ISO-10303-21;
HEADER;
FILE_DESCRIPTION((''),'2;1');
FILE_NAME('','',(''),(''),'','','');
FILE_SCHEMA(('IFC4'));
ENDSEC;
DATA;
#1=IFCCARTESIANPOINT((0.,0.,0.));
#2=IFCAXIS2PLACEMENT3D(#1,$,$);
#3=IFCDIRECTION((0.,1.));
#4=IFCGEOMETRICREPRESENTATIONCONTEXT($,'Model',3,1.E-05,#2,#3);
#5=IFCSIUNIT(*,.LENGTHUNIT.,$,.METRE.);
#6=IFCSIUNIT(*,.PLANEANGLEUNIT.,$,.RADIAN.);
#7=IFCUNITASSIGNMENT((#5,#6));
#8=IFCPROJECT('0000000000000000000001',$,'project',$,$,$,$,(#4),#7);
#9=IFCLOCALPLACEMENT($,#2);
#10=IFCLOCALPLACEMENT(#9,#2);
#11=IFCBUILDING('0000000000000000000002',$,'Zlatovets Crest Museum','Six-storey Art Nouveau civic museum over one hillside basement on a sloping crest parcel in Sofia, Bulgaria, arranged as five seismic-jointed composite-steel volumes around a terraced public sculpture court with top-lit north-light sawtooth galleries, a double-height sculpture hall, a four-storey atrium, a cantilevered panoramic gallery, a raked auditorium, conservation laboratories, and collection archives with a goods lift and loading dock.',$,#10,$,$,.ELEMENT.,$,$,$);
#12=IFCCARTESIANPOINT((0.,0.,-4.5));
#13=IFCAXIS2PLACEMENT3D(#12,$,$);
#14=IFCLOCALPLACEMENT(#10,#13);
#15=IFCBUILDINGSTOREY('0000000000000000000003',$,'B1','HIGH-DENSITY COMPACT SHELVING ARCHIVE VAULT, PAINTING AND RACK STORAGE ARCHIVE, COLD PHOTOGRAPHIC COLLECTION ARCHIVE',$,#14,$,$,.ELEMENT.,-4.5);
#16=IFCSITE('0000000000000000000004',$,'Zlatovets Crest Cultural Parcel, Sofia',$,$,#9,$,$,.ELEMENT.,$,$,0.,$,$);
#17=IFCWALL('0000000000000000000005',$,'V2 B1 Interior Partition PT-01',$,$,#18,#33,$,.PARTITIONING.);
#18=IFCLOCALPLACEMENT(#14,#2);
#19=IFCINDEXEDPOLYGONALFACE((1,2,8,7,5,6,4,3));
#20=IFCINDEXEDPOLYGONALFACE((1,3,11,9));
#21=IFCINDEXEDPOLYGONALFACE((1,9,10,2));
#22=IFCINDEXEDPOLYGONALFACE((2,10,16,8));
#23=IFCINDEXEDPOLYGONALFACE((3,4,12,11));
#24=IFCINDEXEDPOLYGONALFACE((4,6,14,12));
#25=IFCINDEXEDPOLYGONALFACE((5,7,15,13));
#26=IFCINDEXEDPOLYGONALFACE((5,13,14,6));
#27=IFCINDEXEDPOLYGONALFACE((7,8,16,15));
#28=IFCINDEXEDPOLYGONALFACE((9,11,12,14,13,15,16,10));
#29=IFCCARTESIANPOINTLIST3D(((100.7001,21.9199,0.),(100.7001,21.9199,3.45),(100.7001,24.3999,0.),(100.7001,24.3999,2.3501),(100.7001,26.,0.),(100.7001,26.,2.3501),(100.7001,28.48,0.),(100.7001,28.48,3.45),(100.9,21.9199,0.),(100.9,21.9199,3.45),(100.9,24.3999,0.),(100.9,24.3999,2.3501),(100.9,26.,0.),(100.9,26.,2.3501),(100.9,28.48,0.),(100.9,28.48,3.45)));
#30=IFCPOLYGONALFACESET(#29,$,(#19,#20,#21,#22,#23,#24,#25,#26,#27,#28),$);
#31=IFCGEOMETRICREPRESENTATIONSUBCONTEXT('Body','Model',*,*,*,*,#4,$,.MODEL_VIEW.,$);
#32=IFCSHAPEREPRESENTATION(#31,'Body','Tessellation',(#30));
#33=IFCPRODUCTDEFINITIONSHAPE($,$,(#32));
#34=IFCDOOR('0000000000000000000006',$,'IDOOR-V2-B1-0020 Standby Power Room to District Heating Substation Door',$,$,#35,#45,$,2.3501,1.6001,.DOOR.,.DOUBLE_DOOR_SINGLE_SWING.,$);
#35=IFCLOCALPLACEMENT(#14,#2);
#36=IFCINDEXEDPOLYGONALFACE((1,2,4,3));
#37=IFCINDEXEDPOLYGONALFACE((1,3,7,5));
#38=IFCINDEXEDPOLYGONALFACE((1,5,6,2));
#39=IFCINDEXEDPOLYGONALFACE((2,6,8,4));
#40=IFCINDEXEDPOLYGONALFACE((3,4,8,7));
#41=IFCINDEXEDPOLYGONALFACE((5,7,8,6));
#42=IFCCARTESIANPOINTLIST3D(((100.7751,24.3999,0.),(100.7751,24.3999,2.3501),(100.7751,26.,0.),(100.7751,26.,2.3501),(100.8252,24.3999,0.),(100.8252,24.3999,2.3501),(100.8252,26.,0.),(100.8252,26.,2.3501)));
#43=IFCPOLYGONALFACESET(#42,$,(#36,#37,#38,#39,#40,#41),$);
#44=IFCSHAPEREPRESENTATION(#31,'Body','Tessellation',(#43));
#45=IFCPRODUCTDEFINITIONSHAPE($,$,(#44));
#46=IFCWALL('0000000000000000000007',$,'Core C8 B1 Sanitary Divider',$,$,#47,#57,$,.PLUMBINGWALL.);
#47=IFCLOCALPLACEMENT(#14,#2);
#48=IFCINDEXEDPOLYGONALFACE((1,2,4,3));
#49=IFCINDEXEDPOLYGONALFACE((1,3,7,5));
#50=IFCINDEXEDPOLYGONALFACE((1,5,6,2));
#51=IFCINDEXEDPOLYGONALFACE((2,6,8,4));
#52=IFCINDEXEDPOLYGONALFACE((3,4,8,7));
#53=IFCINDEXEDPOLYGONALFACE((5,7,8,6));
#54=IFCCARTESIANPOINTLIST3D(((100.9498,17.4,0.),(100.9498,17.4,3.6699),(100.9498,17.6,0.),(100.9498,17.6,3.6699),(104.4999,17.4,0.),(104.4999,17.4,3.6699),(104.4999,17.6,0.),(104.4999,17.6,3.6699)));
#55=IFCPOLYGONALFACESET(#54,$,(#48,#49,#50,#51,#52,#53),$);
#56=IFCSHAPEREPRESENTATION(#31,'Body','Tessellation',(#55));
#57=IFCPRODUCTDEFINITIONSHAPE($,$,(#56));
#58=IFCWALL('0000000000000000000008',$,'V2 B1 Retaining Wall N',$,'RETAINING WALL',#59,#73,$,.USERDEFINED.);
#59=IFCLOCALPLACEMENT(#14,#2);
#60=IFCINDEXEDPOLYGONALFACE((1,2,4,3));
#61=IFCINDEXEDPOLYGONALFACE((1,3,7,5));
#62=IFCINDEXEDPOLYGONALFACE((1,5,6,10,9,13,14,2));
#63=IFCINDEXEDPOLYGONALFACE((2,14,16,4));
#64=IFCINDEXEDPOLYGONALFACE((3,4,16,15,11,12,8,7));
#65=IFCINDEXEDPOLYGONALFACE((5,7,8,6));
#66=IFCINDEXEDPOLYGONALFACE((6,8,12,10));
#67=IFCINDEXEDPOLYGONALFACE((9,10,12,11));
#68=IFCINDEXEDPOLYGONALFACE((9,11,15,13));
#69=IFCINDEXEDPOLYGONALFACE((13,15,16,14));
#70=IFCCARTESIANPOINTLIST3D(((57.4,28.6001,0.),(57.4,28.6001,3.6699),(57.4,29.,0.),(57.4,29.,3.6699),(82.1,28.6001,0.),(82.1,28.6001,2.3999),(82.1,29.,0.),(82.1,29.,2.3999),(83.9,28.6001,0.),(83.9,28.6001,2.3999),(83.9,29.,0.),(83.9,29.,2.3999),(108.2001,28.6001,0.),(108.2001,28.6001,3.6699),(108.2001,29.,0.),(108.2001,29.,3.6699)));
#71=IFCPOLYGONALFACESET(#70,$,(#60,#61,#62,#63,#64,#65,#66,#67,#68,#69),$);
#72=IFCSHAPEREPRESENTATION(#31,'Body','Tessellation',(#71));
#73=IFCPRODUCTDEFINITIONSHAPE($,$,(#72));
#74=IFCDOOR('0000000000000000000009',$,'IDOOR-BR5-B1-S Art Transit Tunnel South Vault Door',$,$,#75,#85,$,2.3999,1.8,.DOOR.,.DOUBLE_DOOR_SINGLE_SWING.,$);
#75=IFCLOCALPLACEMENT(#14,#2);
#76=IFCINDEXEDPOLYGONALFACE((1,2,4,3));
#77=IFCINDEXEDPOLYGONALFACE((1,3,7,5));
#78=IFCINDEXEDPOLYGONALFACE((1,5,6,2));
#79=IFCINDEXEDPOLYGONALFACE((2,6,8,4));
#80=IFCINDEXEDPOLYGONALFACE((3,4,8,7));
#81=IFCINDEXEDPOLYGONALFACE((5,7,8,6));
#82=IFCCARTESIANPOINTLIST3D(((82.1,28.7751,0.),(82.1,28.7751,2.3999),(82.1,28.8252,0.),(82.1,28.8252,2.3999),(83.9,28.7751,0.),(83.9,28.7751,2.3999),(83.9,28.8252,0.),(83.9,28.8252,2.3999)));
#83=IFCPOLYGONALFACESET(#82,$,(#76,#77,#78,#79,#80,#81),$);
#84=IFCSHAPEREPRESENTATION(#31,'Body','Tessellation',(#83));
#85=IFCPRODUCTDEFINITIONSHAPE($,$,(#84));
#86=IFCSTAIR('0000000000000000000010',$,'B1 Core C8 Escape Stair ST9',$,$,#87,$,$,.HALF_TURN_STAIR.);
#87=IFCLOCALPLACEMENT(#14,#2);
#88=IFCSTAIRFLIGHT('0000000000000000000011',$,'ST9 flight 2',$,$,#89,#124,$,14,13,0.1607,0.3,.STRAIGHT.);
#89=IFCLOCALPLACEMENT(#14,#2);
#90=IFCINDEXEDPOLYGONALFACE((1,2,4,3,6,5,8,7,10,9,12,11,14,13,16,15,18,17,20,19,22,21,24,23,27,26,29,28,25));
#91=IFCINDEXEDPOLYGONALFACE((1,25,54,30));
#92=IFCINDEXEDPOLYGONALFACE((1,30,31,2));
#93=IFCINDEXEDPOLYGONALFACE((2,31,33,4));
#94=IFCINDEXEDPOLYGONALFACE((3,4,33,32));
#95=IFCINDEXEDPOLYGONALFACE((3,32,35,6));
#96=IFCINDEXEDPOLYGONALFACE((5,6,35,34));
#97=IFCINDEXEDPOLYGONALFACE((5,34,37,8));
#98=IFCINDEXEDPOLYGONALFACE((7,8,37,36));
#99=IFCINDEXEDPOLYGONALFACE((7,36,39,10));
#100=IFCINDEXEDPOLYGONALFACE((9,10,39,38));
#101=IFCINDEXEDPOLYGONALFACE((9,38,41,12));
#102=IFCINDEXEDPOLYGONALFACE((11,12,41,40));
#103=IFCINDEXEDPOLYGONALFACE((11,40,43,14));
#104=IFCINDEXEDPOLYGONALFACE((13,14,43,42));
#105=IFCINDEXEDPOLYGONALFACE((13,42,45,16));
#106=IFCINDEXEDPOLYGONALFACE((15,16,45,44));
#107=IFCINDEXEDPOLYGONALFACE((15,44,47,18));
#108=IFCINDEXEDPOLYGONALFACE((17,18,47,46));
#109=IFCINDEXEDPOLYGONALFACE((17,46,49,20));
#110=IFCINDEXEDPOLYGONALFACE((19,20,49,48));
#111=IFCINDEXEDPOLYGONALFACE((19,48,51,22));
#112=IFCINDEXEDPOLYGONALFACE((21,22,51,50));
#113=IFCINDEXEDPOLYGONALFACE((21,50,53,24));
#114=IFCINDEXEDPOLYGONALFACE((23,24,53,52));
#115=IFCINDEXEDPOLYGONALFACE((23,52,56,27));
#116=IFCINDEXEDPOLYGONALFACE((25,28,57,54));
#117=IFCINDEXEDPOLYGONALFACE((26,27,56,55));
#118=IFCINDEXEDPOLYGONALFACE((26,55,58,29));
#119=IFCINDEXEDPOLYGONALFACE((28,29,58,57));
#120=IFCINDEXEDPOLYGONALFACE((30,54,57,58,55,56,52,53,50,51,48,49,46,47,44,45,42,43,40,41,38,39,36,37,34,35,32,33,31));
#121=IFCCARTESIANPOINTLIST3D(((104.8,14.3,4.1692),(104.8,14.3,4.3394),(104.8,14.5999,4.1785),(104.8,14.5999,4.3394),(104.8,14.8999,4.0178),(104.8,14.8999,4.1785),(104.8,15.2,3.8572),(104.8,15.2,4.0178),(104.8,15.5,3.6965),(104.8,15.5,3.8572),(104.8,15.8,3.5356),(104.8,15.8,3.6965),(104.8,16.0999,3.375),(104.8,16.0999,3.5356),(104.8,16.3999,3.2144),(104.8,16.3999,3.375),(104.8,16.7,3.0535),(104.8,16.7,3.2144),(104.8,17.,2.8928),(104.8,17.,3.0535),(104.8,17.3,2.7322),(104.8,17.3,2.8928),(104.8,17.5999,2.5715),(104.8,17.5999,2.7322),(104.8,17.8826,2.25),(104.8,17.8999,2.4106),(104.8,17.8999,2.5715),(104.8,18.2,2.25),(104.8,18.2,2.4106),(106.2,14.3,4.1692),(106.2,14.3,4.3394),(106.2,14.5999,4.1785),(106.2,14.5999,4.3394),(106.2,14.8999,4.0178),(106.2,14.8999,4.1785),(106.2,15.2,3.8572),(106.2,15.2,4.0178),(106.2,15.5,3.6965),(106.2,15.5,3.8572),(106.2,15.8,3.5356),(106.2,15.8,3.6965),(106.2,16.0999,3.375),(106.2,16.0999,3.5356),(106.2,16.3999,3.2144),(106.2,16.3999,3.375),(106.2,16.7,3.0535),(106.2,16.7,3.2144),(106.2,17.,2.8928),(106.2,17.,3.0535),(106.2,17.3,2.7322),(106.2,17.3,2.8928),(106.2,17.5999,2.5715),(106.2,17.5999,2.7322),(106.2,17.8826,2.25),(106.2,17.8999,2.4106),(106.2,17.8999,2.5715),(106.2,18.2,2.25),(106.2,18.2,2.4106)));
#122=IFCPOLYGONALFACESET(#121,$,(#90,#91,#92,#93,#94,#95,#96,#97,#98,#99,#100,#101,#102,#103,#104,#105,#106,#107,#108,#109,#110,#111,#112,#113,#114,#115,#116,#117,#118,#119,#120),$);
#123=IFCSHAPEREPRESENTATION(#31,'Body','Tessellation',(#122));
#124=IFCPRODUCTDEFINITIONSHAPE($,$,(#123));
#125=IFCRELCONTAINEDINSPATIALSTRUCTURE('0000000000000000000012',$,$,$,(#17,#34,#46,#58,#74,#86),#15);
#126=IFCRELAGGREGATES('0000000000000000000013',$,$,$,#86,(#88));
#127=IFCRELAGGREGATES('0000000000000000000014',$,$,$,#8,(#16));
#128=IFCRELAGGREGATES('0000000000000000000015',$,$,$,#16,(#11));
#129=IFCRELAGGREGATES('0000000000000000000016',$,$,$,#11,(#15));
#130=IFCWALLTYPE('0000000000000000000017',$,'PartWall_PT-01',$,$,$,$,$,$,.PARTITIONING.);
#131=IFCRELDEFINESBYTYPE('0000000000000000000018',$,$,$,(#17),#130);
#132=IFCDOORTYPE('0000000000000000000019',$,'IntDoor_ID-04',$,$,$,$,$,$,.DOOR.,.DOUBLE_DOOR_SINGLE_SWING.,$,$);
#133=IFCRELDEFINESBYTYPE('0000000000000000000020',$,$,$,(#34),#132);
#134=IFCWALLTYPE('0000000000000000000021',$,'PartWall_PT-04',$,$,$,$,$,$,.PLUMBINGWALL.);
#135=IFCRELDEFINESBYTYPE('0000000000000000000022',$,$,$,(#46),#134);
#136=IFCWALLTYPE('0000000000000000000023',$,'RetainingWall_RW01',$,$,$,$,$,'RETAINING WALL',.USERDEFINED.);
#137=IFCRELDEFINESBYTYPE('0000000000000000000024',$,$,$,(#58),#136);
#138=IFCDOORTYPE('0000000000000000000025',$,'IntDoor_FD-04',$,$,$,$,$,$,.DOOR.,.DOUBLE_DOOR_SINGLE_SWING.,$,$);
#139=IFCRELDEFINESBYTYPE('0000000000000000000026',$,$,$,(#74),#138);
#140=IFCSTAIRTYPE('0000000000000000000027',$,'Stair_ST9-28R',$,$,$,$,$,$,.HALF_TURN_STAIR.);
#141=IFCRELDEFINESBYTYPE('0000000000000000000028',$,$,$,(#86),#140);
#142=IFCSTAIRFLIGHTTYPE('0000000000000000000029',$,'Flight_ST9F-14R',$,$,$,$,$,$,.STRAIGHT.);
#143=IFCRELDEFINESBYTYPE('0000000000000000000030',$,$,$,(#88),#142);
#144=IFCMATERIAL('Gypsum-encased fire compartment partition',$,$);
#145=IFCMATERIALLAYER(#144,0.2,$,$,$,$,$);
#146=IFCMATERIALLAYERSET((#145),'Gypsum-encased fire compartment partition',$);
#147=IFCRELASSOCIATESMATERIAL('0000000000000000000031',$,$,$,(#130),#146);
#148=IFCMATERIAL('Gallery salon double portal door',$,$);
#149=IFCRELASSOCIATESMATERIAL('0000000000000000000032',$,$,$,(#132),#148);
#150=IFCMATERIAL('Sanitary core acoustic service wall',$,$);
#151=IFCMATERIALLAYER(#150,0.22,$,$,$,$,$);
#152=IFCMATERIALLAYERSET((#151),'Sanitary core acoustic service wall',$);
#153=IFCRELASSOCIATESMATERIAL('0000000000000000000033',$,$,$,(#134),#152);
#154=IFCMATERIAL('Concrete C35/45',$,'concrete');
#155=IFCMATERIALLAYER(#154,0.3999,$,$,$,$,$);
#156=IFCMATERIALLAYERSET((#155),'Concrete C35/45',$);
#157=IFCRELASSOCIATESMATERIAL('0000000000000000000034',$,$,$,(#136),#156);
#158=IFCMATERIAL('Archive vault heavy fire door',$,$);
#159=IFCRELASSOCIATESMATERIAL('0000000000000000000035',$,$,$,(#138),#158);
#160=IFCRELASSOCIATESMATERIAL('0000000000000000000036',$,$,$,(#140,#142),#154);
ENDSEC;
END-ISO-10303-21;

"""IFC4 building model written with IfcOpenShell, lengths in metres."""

from ifc_helpers import new_model, si_unit, direction, frame, frame_2d, origin, place, context, subcontext, project, spatial, polyline, rectangle, outline, extrude, material, layer, layer_set, type_object, element, fill, aggregate, save


model = new_model("IFC4")

# Units and contexts
model_context = context("Model", 3, precision=1e-05, world=origin(), true_north=direction((0.0, 1.0)))
body_context = subcontext(model_context, "Body", "Model", "MODEL_VIEW")
ifc_project = project(units=[si_unit("LENGTHUNIT", "METRE"), si_unit("PLANEANGLEUNIT", "RADIAN")], contexts=[model_context])

# Site, building, storey
site_placement = place(None, origin())
site = spatial("IfcSite", under=ifc_project, at=site_placement, Name="Zlatovets Crest Cultural Parcel, Sofia", CompositionType="ELEMENT", RefElevation=0.0)
building_placement = place(site_placement, origin())
building = spatial("IfcBuilding", under=site, at=building_placement, Name="Zlatovets Crest Museum", Description="Six-storey Art Nouveau civic museum over one hillside basement on a sloping crest parcel in Sofia, Bulgaria, arranged as five seismic-jointed composite-steel volumes around a terraced public sculpture court with top-lit north-light sawtooth galleries, a double-height sculpture hall, a four-storey atrium, a cantilevered panoramic gallery, a raked auditorium, conservation laboratories, and collection archives with a goods lift and loading dock.", CompositionType="ELEMENT")
storey_placement = place(building_placement, frame((0.0, 0.0, -4.5)))
storey = spatial("IfcBuildingStorey", under=building, at=storey_placement, Name="B1", Description="HIGH-DENSITY COMPACT SHELVING ARCHIVE VAULT, PAINTING AND RACK STORAGE ARCHIVE, COLD PHOTOGRAPHIC COLLECTION ARCHIVE", CompositionType="ELEMENT", Elevation=-4.5)

# Shared definitions
ifc_material_1 = material(Name="Concrete C35/45", Category="concrete")

# Wall, opening, door
ifc_material_2 = material(Name="Gypsum-encased fire compartment partition")
ifc_layer_1 = layer(ifc_material_2, 0.2)
ifc_layer_set_1 = layer_set([ifc_layer_1], Name="Gypsum-encased fire compartment partition")
wall_type_1 = type_object("IfcWallType", Name="PartWall_PT-01", PredefinedType="PARTITIONING", material=ifc_layer_set_1)
wall_1_placement = place(storey_placement, frame((100.8, 21.9199, 0.0), z_axis=(0.0, 0.0, 1.0), x_axis=(0.0, 1.0, 0.0)))
wall_1 = element("IfcWall", 1, at=wall_1_placement, inside=storey, type_object=wall_type_1, Name="V2 B1 Interior Partition PT-01", PredefinedType="PARTITIONING", context=body_context, shape_type="SweptSolid", body=[
    extrude(rectangle(XDim=6.5601, YDim=0.2, at=frame_2d((3.28, 0.0))), origin(), (0.0, 0.0, 1.0), 3.45),
])
opening_1_placement = place(wall_1_placement, frame((2.48, 0.0, 0.0)))
opening_1 = element("IfcOpeningElement", 2, at=opening_1_placement, cuts=wall_1, PredefinedType="OPENING", context=body_context, shape_type="SweptSolid", body=[
    extrude(rectangle(XDim=1.6001, YDim=2.3501, at=frame_2d((0.8, 1.175))), frame((0.0, 0.1099, 0.0), z_axis=(0.0, -1.0, 0.0), x_axis=(1.0, 0.0, 0.0)), (0.0, 0.0, 1.0), 0.22),
])
ifc_material_3 = material(Name="Gallery salon double portal door")
door_type_1 = type_object("IfcDoorType", Name="IntDoor_ID-04", OperationType="DOUBLE_DOOR_SINGLE_SWING", PredefinedType="DOOR", material=ifc_material_3)
door_1_placement = place(opening_1_placement, origin())
door_1 = element("IfcDoor", 3, at=door_1_placement, inside=storey, type_object=door_type_1, Name="IDOOR-V2-B1-0020 Standby Power Room to District Heating Substation Door", OperationType="DOUBLE_DOOR_SINGLE_SWING", OverallHeight=2.3501, OverallWidth=1.6001, PredefinedType="DOOR", context=body_context, shape_type="SweptSolid", body=[
    extrude(rectangle(XDim=1.6001, YDim=2.3501, at=frame_2d((0.8, 1.175))), frame((0.0, 0.0249, 0.0), z_axis=(0.0, -1.0, 0.0), x_axis=(1.0, 0.0, 0.0)), (0.0, 0.0, 1.0), 0.05),
])
fill(opening_1, door_1)

# Wall
ifc_material_4 = material(Name="Sanitary core acoustic service wall")
ifc_layer_2 = layer(ifc_material_4, 0.22)
ifc_layer_set_2 = layer_set([ifc_layer_2], Name="Sanitary core acoustic service wall")
wall_type_2 = type_object("IfcWallType", Name="PartWall_PT-04", PredefinedType="PLUMBINGWALL", material=ifc_layer_set_2)
wall_2_placement = place(storey_placement, frame((100.95, 17.5, 0.0), z_axis=(0.0, 0.0, 1.0), x_axis=(1.0, 0.0, 0.0)))
element("IfcWall", 4, at=wall_2_placement, inside=storey, type_object=wall_type_2, Name="Core C8 B1 Sanitary Divider", PredefinedType="PLUMBINGWALL", context=body_context, shape_type="SweptSolid", body=[
    extrude(rectangle(XDim=3.55, YDim=0.2, at=frame_2d((1.7749, 0.0))), origin(), (0.0, 0.0, 1.0), 3.6699),
])

# Wall, opening, door
ifc_layer_3 = layer(ifc_material_1, 0.3999)
ifc_layer_set_3 = layer_set([ifc_layer_3], Name="Concrete C35/45")
wall_type_3 = type_object("IfcWallType", Name="RetainingWall_RW01", ElementType="RETAINING WALL", PredefinedType="USERDEFINED", material=ifc_layer_set_3)
wall_3_placement = place(storey_placement, frame((108.2, 28.8, 0.0), z_axis=(0.0, 0.0, 1.0), x_axis=(-1.0, 0.0, 0.0)))
wall_3 = element("IfcWall", 5, at=wall_3_placement, inside=storey, type_object=wall_type_3, Name="V2 B1 Retaining Wall N", ObjectType="RETAINING WALL", PredefinedType="USERDEFINED", context=body_context, shape_type="SweptSolid", body=[
    extrude(rectangle(XDim=50.8, YDim=0.3999, at=frame_2d((25.3999, 0.0))), origin(), (0.0, 0.0, 1.0), 3.6699),
])
opening_2_placement = place(wall_3_placement, frame((24.3, 0.0, 0.0)))
opening_2 = element("IfcOpeningElement", 6, at=opening_2_placement, cuts=wall_3, PredefinedType="OPENING", context=body_context, shape_type="SweptSolid", body=[
    extrude(rectangle(XDim=1.8, YDim=2.3999, at=frame_2d((0.8999, 1.2))), frame((0.0, 0.21, 0.0), z_axis=(0.0, -1.0, 0.0), x_axis=(1.0, 0.0, 0.0)), (0.0, 0.0, 1.0), 0.4199),
])
ifc_material_5 = material(Name="Archive vault heavy fire door")
door_type_2 = type_object("IfcDoorType", Name="IntDoor_FD-04", OperationType="DOUBLE_DOOR_SINGLE_SWING", PredefinedType="DOOR", material=ifc_material_5)
door_2_placement = place(opening_2_placement, origin())
door_2 = element("IfcDoor", 7, at=door_2_placement, inside=storey, type_object=door_type_2, Name="IDOOR-BR5-B1-S Art Transit Tunnel South Vault Door", OperationType="DOUBLE_DOOR_SINGLE_SWING", OverallHeight=2.3999, OverallWidth=1.8, PredefinedType="DOOR", context=body_context, shape_type="SweptSolid", body=[
    extrude(rectangle(XDim=1.8, YDim=2.3999, at=frame_2d((0.8999, 1.2))), frame((0.0, 0.0249, 0.0), z_axis=(0.0, -1.0, 0.0), x_axis=(1.0, 0.0, 0.0)), (0.0, 0.0, 1.0), 0.05),
])
fill(opening_2, door_2)

# Stair, stair flight
stair_type = type_object("IfcStairType", Name="Stair_ST9-28R", PredefinedType="HALF_TURN_STAIR", material=ifc_material_1)
stair_placement = place(storey_placement, origin())
stair = element("IfcStair", 8, at=stair_placement, inside=storey, type_object=stair_type, Name="B1 Core C8 Escape Stair ST9", PredefinedType="HALF_TURN_STAIR")
stair_flight_type = type_object("IfcStairFlightType", Name="Flight_ST9F-14R", PredefinedType="STRAIGHT", material=ifc_material_1)
stair_flight_placement = place(storey_placement, frame((105.5, 18.2, 2.25), z_axis=(0.0, 0.0, 1.0), x_axis=(0.0, -1.0, 0.0)))
stair_flight = element("IfcStairFlight", 9, at=stair_flight_placement, type_object=stair_flight_type, Name="ST9 flight 2", NumberOfRisers=14, NumberOfTreads=13, PredefinedType="STRAIGHT", RiserHeight=0.1607, TreadLength=0.3, context=body_context, shape_type="SweptSolid", body=[
    extrude(outline(polyline([(0.0, 0.0), (0.0, 0.1606), (0.3, 0.1606), (0.3, 0.3215), (0.6001, 0.3215), (0.6001, 0.4822), (0.8999, 0.4822), (0.8999, 0.6428), (1.2, 0.6428), (1.2, 0.8035), (1.5, 0.8035), (1.5, 0.9644), (1.8, 0.9644), (1.8, 1.125), (2.1001, 1.125), (2.1001, 1.2856), (2.3999, 1.2856), (2.3999, 1.4465), (2.7, 1.4465), (2.7, 1.6072), (3.0, 1.6072), (3.0, 1.7678), (3.3, 1.7678), (3.3, 1.9285), (3.6001, 1.9285), (3.6001, 2.0894), (3.8999, 2.0894), (3.8999, 2.25), (3.8999, 1.9192), (0.3174, 0.0), (0.0, 0.0)])), frame((0.0, 0.7, 0.0), z_axis=(0.0, -1.0, 0.0), x_axis=(1.0, 0.0, 0.0)), (0.0, 0.0, 1.0), 1.3999),
])
aggregate(stair, [stair_flight])

save(model, "model.ifc")
